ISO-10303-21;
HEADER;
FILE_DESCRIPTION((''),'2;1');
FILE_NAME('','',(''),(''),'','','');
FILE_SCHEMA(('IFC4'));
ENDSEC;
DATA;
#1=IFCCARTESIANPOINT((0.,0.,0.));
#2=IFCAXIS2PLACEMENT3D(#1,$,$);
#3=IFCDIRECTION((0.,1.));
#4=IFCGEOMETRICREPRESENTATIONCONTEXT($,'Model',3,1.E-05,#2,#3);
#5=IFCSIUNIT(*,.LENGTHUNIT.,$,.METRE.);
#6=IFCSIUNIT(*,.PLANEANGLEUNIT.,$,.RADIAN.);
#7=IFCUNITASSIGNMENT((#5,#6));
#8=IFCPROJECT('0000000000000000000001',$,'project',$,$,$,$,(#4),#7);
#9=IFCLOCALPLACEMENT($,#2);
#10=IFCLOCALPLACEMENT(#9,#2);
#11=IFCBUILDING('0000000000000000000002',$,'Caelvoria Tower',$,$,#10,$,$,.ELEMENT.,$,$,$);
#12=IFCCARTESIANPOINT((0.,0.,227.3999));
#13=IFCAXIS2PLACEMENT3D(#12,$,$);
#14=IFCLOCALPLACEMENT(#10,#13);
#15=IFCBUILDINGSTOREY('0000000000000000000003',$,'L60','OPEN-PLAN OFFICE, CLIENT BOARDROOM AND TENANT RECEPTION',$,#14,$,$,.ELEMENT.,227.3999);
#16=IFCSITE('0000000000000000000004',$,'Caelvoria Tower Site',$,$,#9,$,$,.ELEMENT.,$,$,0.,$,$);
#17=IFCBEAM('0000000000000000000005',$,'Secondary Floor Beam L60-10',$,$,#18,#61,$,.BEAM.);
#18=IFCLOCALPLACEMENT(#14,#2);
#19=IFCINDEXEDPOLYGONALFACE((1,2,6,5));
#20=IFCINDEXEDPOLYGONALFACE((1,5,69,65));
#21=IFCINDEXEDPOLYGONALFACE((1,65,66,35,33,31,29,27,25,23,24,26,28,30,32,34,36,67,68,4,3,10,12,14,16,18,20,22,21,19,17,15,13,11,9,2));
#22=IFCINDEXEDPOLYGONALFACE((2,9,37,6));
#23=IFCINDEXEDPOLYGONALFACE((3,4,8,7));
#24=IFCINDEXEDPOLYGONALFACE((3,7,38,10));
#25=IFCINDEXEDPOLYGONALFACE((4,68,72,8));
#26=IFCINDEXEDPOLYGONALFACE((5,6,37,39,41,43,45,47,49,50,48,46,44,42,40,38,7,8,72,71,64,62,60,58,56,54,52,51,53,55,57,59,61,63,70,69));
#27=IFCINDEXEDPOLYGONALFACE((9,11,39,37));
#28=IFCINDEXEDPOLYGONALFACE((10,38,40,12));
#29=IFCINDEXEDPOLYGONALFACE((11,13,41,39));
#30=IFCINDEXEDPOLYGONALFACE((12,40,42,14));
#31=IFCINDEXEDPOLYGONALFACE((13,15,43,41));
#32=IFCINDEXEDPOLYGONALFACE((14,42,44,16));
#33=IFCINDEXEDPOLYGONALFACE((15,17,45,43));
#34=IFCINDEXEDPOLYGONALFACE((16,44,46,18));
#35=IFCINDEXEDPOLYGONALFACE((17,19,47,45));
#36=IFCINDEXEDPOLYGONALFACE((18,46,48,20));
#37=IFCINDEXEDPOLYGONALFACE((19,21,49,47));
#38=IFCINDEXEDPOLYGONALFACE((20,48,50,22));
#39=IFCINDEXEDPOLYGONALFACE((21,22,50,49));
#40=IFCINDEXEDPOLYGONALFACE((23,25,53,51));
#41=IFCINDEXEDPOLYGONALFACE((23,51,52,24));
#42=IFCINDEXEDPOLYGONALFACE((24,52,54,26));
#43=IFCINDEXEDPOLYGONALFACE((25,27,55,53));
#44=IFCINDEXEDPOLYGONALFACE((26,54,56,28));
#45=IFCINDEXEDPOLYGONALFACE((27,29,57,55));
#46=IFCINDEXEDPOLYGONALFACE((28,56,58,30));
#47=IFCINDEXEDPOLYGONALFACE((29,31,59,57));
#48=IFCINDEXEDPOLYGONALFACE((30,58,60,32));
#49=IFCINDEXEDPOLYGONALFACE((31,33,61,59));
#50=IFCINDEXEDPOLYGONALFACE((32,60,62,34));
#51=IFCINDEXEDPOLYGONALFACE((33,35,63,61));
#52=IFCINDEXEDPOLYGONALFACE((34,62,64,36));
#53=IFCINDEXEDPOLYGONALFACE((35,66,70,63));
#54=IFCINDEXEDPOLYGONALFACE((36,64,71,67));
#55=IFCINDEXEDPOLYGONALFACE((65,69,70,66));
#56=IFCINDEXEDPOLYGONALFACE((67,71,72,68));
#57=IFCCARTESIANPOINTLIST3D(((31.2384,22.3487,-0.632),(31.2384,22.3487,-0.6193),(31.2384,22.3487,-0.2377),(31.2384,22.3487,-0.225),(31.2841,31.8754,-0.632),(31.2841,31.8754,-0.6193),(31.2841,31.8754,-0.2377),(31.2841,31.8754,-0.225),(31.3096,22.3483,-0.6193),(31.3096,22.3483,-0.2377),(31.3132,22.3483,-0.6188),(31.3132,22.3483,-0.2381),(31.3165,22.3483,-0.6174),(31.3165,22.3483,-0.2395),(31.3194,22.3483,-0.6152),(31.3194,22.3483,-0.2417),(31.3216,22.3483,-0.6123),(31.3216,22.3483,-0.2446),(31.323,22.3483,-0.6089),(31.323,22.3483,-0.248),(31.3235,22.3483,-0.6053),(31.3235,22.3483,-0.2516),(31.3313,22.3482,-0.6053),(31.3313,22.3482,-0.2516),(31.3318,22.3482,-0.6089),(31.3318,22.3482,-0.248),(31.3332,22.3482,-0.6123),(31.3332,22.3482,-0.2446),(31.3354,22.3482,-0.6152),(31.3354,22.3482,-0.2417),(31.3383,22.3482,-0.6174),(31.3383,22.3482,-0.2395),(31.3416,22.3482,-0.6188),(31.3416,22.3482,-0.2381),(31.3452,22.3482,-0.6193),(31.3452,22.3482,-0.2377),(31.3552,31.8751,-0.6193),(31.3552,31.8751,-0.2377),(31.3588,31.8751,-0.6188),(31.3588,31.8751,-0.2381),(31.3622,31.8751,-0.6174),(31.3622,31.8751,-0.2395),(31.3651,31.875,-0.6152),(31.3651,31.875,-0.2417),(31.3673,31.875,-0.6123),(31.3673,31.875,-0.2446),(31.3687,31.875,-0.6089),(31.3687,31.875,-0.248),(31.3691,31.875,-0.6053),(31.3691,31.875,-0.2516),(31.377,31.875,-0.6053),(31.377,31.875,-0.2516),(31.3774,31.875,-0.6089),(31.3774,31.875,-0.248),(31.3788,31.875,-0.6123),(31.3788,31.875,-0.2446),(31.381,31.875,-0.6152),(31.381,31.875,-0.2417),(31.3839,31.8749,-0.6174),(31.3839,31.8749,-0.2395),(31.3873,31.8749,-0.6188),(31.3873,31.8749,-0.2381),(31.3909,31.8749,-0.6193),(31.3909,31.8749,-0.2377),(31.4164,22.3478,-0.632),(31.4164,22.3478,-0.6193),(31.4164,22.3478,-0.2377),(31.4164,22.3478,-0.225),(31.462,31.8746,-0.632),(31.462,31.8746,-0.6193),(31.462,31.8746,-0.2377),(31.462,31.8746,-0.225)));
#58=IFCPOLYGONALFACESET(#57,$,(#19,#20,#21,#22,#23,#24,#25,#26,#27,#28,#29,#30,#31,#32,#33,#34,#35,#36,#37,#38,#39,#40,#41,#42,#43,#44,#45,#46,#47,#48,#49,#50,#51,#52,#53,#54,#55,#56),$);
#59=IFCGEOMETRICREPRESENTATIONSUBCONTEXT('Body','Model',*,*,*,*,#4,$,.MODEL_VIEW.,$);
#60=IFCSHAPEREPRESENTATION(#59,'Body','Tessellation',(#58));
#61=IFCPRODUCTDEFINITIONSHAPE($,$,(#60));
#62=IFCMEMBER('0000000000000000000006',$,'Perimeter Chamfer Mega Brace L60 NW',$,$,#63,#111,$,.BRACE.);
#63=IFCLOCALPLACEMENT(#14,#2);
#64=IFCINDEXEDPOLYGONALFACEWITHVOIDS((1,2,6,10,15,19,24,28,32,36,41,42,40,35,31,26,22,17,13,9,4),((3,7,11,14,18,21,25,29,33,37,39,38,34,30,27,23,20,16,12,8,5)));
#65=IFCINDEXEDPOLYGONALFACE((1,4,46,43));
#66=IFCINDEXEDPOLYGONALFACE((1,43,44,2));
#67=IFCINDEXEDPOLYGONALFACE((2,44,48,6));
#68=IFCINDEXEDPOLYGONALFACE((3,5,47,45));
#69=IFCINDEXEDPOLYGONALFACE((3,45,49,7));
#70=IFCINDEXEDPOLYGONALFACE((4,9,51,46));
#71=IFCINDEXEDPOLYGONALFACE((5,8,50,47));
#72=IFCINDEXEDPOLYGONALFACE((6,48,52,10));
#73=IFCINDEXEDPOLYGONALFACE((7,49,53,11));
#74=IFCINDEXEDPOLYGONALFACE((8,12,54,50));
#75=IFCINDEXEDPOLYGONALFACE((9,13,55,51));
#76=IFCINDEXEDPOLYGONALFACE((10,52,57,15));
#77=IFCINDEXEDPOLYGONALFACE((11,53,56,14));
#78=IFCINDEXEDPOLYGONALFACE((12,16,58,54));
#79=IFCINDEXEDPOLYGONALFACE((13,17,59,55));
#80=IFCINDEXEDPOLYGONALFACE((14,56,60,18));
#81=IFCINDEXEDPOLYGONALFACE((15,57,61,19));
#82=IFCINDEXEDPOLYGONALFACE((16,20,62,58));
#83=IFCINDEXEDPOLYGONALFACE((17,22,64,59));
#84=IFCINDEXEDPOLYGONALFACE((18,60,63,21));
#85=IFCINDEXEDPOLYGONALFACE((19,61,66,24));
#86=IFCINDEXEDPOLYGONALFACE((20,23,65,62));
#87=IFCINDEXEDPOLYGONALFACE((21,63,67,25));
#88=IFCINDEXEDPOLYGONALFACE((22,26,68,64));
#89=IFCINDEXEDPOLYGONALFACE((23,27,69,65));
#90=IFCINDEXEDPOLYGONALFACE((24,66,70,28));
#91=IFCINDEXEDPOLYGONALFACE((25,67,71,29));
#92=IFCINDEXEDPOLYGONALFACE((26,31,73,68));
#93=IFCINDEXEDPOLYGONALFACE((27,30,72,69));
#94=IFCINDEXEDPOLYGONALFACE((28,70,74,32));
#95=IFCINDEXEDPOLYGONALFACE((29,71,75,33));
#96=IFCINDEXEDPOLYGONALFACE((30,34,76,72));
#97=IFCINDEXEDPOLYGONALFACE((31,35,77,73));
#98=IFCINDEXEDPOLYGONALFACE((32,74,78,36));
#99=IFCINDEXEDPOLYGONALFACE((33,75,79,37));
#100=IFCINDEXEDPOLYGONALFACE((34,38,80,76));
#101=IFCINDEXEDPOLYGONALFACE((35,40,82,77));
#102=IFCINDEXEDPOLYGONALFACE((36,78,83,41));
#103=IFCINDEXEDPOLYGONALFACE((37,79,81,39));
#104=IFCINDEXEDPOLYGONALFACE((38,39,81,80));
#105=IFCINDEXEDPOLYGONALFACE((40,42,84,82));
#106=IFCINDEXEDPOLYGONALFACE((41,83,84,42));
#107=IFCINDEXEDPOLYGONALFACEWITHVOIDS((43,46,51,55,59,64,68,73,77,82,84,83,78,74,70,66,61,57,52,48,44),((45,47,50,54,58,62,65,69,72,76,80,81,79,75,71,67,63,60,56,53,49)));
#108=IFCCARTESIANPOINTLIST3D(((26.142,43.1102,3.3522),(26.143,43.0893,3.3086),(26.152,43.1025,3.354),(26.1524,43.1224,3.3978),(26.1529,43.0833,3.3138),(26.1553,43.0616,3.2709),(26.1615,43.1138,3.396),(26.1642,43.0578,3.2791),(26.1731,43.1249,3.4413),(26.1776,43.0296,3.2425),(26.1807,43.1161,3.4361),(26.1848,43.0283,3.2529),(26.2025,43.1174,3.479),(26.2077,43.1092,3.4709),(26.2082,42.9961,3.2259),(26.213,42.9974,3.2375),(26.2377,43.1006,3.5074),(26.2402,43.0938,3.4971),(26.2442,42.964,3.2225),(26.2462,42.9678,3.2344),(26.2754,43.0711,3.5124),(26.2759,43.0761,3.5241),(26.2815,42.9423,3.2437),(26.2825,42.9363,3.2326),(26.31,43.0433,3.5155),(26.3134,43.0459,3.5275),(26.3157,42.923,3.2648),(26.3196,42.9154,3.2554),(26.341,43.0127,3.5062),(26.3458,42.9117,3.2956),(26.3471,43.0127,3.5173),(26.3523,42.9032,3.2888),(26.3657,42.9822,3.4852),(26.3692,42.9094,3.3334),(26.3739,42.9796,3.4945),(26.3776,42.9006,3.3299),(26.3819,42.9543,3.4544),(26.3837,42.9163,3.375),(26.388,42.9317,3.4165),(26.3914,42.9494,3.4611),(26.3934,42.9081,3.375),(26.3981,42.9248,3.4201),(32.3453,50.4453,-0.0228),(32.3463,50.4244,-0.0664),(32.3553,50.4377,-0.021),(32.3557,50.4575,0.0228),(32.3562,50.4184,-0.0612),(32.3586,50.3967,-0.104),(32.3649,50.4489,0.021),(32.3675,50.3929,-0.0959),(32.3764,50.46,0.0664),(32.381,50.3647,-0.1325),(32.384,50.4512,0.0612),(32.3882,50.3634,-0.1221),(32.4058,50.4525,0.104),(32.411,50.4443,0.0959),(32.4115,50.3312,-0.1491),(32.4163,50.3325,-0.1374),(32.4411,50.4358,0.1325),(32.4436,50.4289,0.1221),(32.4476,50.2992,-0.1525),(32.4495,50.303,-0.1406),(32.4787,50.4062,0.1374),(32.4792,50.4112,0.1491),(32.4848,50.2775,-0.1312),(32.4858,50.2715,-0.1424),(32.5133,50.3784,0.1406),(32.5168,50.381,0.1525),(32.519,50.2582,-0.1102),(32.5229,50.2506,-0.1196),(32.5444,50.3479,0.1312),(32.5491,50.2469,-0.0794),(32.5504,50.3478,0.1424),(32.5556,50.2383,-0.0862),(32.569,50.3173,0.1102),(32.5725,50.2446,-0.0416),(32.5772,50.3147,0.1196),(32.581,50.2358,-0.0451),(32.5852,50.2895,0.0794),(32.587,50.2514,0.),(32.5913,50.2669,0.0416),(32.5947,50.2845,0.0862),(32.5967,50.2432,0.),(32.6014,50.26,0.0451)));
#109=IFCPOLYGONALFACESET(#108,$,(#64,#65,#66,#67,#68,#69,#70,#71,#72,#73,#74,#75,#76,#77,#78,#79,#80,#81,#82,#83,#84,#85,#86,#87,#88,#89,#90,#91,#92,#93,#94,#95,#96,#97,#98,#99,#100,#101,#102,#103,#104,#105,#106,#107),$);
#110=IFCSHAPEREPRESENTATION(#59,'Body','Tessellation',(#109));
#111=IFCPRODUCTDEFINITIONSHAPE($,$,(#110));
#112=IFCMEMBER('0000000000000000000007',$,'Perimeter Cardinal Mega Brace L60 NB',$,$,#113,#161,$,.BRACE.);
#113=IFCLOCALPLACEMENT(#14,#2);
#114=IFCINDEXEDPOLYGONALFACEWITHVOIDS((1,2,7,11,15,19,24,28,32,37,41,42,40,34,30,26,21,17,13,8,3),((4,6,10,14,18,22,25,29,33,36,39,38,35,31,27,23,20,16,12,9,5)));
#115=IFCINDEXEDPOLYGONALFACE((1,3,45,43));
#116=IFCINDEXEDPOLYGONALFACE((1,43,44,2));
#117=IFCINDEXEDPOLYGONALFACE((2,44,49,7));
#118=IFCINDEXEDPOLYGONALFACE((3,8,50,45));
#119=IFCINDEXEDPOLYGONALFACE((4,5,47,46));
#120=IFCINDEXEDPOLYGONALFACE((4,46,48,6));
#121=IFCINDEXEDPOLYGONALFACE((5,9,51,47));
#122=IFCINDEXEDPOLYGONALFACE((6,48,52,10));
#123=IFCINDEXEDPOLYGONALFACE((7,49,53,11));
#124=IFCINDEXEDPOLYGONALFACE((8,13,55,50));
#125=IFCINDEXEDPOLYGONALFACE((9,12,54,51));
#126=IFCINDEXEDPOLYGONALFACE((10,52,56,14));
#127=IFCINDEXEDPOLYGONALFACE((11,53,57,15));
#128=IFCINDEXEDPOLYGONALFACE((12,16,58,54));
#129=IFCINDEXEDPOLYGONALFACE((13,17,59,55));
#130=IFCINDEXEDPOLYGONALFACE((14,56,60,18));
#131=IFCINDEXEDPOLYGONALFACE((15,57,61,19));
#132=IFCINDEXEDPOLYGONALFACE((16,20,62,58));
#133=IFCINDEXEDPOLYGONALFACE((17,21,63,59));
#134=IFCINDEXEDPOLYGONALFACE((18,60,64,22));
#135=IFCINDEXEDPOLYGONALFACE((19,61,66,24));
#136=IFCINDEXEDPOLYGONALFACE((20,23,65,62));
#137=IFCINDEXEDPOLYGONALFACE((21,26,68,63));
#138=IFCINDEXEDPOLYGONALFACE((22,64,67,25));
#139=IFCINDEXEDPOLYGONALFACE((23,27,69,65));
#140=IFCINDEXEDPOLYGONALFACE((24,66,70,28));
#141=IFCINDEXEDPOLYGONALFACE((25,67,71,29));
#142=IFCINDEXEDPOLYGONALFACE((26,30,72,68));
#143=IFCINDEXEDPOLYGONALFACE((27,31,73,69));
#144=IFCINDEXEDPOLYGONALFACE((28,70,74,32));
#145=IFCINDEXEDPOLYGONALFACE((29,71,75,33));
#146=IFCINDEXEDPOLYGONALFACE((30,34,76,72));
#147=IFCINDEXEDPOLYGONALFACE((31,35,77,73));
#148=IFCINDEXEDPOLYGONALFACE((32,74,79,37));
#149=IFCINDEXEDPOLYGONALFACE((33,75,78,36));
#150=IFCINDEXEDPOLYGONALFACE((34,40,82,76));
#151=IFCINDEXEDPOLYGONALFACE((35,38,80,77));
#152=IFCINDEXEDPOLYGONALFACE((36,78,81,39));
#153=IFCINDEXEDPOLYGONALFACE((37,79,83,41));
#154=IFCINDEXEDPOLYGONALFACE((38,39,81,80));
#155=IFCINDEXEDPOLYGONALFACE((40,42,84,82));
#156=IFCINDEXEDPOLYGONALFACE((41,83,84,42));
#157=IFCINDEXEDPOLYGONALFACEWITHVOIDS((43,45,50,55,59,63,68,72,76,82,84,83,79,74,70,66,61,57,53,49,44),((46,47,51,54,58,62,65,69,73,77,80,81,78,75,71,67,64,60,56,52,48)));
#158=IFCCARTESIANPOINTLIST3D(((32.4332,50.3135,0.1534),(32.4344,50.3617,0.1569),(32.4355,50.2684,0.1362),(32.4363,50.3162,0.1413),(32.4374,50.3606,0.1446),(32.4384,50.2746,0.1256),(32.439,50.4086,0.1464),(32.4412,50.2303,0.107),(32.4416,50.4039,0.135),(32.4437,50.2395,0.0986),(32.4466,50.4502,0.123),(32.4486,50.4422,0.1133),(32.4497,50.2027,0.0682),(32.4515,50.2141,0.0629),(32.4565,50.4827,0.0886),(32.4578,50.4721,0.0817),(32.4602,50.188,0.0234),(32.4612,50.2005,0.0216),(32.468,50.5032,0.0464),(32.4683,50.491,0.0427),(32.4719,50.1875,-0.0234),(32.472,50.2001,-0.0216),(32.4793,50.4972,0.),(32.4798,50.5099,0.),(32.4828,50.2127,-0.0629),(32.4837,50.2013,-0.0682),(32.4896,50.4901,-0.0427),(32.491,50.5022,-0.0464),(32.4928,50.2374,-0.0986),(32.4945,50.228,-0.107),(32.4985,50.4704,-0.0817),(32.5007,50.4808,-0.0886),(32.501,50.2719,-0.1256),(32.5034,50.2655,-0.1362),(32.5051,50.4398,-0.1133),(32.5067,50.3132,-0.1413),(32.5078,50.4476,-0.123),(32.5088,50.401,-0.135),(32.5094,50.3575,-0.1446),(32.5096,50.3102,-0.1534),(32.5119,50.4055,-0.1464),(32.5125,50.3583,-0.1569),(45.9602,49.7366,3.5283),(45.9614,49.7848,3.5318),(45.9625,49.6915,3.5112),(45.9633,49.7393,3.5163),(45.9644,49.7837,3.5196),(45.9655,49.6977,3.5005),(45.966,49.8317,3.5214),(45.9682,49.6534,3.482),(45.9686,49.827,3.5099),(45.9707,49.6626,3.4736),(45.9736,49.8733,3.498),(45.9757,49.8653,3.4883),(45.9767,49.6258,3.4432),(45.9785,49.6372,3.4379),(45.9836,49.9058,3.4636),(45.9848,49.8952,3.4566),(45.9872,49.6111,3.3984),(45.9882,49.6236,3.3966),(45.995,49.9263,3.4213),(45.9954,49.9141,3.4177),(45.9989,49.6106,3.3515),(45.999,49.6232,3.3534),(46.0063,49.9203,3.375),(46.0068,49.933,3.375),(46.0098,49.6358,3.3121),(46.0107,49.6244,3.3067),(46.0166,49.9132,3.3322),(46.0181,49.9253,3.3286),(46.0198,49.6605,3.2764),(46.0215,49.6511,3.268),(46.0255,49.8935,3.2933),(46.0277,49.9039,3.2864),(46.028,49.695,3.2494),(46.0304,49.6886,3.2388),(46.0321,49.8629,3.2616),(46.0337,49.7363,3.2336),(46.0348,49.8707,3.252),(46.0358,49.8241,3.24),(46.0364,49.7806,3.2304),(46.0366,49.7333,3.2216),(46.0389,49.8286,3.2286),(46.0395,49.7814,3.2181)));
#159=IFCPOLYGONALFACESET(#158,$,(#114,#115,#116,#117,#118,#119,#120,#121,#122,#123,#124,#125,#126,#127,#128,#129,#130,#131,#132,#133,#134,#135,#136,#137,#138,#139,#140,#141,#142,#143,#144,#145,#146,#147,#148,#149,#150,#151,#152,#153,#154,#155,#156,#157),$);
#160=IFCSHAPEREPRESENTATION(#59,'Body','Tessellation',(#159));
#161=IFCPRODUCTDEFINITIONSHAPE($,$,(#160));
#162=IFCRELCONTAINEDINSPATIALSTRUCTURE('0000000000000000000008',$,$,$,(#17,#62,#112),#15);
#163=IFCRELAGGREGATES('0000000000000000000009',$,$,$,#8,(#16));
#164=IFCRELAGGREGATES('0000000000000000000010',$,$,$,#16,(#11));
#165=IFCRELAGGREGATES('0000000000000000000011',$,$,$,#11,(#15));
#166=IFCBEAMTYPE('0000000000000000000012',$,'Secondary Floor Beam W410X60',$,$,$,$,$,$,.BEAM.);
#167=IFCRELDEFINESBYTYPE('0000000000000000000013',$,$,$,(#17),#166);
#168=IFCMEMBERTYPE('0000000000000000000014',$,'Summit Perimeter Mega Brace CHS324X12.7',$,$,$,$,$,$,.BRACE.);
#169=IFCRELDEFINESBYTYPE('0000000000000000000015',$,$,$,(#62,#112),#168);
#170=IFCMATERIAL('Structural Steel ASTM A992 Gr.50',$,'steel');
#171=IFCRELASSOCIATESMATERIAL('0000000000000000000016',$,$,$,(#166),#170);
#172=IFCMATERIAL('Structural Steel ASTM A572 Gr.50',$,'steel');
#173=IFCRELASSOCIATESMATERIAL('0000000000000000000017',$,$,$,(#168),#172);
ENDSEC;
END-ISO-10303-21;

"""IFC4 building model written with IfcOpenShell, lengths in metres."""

from ifc_helpers import new_model, si_unit, direction, frame, origin, origin_2d, place, context, subcontext, project, spatial, hollow_circle, i_section, extrude, material, material_profile, profile_set, type_object, element, save


model = new_model("IFC4")

# Units and contexts
model_context = context("Model", 3, precision=1e-05, world=origin(), true_north=direction((0.0, 1.0)))
body_context = subcontext(model_context, "Body", "Model", "MODEL_VIEW")
ifc_project = project(units=[si_unit("LENGTHUNIT", "METRE"), si_unit("PLANEANGLEUNIT", "RADIAN")], contexts=[model_context])

# Site, building, storey
site_placement = place(None, origin())
site = spatial("IfcSite", under=ifc_project, at=site_placement, Name="Caelvoria Tower Site", CompositionType="ELEMENT", RefElevation=0.0)
building_placement = place(site_placement, origin())
building = spatial("IfcBuilding", under=site, at=building_placement, Name="Caelvoria Tower", CompositionType="ELEMENT")
storey_placement = place(building_placement, frame((0.0, 0.0, 227.3999)))
storey = spatial("IfcBuildingStorey", under=building, at=storey_placement, Name="L60", Description="OPEN-PLAN OFFICE, CLIENT BOARDROOM AND TENANT RECEPTION", CompositionType="ELEMENT", Elevation=227.3999)

# Shared definitions
ifc_material_1 = material(Name="Structural Steel ASTM A572 Gr.50", Category="steel")
ifc_material_2 = material(Name="Structural Steel ASTM A992 Gr.50", Category="steel")

# Beam
ifc_material_profile_1 = material_profile(ifc_material_2, i_section(OverallWidth=0.178, OverallDepth=0.407, WebThickness=0.0078, FlangeThickness=0.0127, FilletRadius=0.0139, at=origin_2d()), Name="Structural Steel ASTM A992 Gr.50")
ifc_profile_set_1 = profile_set([ifc_material_profile_1], Name="W410X60 - Structural Steel ASTM A992 Gr.50")
beam_type_1 = type_object("IfcBeamType", Name="Secondary Floor Beam W410X60", PredefinedType="BEAM", material=ifc_profile_set_1)
for number, where, z_axis, x_axis, name in (
    (1, (31.373, 31.875, -0.4285), (-0.004792, -0.999989, 0.0), (0.999989, -0.004792, 0.0), "Secondary Floor Beam L60-10"),
):
    element("IfcBeam", number, at=place(storey_placement, frame(where, z_axis=z_axis, x_axis=x_axis)), inside=storey, type_object=beam_type_1, Name=name, PredefinedType="BEAM", context=body_context, shape_type="SweptSolid", body=[
        extrude(i_section(OverallWidth=0.178, OverallDepth=0.407, WebThickness=0.0078, FlangeThickness=0.0127, FilletRadius=0.0139, at=origin_2d()), origin(), (0.0, 0.0, 1.0), 9.5269),
    ])

# Members
ifc_material_profile_2 = material_profile(ifc_material_1, hollow_circle(Radius=0.1621, WallThickness=0.0127, at=origin_2d()), Name="Structural Steel ASTM A572 Gr.50")
ifc_profile_set_2 = profile_set([ifc_material_profile_2], Name="CHS324X12.7 - Structural Steel ASTM A572 Gr.50")
member_type = type_object("IfcMemberType", Name="Summit Perimeter Mega Brace CHS324X12.7", PredefinedType="BRACE", material=ifc_profile_set_2)
member_1_placement = place(storey_placement, frame((32.4729, 50.3479, 0.0), z_axis=(-0.609235, -0.720393, 0.33146), x_axis=(0.763558, -0.645739, 0.0)))
element("IfcMember", 2, at=member_1_placement, inside=storey, type_object=member_type, Name="Perimeter Chamfer Mega Brace L60 NW", PredefinedType="BRACE", context=body_context, shape_type="SweptSolid", body=[
    extrude(hollow_circle(Radius=0.1621, WallThickness=0.0127, at=origin_2d()), origin(), (0.0, 0.0, 1.0), 10.1821),
])
member_2_placement = place(storey_placement, frame((32.4729, 50.3479, 0.0), z_axis=(0.969427, -0.041344, 0.241871), x_axis=(0.042609, 0.999092, 0.0)))
element("IfcMember", 3, at=member_2_placement, inside=storey, type_object=member_type, Name="Perimeter Cardinal Mega Brace L60 NB", PredefinedType="BRACE", context=body_context, shape_type="SweptSolid", body=[
    extrude(hollow_circle(Radius=0.1621, WallThickness=0.0127, at=origin_2d()), origin(), (0.0, 0.0, 1.0), 13.9536),
])

save(model, "model.ifc")
